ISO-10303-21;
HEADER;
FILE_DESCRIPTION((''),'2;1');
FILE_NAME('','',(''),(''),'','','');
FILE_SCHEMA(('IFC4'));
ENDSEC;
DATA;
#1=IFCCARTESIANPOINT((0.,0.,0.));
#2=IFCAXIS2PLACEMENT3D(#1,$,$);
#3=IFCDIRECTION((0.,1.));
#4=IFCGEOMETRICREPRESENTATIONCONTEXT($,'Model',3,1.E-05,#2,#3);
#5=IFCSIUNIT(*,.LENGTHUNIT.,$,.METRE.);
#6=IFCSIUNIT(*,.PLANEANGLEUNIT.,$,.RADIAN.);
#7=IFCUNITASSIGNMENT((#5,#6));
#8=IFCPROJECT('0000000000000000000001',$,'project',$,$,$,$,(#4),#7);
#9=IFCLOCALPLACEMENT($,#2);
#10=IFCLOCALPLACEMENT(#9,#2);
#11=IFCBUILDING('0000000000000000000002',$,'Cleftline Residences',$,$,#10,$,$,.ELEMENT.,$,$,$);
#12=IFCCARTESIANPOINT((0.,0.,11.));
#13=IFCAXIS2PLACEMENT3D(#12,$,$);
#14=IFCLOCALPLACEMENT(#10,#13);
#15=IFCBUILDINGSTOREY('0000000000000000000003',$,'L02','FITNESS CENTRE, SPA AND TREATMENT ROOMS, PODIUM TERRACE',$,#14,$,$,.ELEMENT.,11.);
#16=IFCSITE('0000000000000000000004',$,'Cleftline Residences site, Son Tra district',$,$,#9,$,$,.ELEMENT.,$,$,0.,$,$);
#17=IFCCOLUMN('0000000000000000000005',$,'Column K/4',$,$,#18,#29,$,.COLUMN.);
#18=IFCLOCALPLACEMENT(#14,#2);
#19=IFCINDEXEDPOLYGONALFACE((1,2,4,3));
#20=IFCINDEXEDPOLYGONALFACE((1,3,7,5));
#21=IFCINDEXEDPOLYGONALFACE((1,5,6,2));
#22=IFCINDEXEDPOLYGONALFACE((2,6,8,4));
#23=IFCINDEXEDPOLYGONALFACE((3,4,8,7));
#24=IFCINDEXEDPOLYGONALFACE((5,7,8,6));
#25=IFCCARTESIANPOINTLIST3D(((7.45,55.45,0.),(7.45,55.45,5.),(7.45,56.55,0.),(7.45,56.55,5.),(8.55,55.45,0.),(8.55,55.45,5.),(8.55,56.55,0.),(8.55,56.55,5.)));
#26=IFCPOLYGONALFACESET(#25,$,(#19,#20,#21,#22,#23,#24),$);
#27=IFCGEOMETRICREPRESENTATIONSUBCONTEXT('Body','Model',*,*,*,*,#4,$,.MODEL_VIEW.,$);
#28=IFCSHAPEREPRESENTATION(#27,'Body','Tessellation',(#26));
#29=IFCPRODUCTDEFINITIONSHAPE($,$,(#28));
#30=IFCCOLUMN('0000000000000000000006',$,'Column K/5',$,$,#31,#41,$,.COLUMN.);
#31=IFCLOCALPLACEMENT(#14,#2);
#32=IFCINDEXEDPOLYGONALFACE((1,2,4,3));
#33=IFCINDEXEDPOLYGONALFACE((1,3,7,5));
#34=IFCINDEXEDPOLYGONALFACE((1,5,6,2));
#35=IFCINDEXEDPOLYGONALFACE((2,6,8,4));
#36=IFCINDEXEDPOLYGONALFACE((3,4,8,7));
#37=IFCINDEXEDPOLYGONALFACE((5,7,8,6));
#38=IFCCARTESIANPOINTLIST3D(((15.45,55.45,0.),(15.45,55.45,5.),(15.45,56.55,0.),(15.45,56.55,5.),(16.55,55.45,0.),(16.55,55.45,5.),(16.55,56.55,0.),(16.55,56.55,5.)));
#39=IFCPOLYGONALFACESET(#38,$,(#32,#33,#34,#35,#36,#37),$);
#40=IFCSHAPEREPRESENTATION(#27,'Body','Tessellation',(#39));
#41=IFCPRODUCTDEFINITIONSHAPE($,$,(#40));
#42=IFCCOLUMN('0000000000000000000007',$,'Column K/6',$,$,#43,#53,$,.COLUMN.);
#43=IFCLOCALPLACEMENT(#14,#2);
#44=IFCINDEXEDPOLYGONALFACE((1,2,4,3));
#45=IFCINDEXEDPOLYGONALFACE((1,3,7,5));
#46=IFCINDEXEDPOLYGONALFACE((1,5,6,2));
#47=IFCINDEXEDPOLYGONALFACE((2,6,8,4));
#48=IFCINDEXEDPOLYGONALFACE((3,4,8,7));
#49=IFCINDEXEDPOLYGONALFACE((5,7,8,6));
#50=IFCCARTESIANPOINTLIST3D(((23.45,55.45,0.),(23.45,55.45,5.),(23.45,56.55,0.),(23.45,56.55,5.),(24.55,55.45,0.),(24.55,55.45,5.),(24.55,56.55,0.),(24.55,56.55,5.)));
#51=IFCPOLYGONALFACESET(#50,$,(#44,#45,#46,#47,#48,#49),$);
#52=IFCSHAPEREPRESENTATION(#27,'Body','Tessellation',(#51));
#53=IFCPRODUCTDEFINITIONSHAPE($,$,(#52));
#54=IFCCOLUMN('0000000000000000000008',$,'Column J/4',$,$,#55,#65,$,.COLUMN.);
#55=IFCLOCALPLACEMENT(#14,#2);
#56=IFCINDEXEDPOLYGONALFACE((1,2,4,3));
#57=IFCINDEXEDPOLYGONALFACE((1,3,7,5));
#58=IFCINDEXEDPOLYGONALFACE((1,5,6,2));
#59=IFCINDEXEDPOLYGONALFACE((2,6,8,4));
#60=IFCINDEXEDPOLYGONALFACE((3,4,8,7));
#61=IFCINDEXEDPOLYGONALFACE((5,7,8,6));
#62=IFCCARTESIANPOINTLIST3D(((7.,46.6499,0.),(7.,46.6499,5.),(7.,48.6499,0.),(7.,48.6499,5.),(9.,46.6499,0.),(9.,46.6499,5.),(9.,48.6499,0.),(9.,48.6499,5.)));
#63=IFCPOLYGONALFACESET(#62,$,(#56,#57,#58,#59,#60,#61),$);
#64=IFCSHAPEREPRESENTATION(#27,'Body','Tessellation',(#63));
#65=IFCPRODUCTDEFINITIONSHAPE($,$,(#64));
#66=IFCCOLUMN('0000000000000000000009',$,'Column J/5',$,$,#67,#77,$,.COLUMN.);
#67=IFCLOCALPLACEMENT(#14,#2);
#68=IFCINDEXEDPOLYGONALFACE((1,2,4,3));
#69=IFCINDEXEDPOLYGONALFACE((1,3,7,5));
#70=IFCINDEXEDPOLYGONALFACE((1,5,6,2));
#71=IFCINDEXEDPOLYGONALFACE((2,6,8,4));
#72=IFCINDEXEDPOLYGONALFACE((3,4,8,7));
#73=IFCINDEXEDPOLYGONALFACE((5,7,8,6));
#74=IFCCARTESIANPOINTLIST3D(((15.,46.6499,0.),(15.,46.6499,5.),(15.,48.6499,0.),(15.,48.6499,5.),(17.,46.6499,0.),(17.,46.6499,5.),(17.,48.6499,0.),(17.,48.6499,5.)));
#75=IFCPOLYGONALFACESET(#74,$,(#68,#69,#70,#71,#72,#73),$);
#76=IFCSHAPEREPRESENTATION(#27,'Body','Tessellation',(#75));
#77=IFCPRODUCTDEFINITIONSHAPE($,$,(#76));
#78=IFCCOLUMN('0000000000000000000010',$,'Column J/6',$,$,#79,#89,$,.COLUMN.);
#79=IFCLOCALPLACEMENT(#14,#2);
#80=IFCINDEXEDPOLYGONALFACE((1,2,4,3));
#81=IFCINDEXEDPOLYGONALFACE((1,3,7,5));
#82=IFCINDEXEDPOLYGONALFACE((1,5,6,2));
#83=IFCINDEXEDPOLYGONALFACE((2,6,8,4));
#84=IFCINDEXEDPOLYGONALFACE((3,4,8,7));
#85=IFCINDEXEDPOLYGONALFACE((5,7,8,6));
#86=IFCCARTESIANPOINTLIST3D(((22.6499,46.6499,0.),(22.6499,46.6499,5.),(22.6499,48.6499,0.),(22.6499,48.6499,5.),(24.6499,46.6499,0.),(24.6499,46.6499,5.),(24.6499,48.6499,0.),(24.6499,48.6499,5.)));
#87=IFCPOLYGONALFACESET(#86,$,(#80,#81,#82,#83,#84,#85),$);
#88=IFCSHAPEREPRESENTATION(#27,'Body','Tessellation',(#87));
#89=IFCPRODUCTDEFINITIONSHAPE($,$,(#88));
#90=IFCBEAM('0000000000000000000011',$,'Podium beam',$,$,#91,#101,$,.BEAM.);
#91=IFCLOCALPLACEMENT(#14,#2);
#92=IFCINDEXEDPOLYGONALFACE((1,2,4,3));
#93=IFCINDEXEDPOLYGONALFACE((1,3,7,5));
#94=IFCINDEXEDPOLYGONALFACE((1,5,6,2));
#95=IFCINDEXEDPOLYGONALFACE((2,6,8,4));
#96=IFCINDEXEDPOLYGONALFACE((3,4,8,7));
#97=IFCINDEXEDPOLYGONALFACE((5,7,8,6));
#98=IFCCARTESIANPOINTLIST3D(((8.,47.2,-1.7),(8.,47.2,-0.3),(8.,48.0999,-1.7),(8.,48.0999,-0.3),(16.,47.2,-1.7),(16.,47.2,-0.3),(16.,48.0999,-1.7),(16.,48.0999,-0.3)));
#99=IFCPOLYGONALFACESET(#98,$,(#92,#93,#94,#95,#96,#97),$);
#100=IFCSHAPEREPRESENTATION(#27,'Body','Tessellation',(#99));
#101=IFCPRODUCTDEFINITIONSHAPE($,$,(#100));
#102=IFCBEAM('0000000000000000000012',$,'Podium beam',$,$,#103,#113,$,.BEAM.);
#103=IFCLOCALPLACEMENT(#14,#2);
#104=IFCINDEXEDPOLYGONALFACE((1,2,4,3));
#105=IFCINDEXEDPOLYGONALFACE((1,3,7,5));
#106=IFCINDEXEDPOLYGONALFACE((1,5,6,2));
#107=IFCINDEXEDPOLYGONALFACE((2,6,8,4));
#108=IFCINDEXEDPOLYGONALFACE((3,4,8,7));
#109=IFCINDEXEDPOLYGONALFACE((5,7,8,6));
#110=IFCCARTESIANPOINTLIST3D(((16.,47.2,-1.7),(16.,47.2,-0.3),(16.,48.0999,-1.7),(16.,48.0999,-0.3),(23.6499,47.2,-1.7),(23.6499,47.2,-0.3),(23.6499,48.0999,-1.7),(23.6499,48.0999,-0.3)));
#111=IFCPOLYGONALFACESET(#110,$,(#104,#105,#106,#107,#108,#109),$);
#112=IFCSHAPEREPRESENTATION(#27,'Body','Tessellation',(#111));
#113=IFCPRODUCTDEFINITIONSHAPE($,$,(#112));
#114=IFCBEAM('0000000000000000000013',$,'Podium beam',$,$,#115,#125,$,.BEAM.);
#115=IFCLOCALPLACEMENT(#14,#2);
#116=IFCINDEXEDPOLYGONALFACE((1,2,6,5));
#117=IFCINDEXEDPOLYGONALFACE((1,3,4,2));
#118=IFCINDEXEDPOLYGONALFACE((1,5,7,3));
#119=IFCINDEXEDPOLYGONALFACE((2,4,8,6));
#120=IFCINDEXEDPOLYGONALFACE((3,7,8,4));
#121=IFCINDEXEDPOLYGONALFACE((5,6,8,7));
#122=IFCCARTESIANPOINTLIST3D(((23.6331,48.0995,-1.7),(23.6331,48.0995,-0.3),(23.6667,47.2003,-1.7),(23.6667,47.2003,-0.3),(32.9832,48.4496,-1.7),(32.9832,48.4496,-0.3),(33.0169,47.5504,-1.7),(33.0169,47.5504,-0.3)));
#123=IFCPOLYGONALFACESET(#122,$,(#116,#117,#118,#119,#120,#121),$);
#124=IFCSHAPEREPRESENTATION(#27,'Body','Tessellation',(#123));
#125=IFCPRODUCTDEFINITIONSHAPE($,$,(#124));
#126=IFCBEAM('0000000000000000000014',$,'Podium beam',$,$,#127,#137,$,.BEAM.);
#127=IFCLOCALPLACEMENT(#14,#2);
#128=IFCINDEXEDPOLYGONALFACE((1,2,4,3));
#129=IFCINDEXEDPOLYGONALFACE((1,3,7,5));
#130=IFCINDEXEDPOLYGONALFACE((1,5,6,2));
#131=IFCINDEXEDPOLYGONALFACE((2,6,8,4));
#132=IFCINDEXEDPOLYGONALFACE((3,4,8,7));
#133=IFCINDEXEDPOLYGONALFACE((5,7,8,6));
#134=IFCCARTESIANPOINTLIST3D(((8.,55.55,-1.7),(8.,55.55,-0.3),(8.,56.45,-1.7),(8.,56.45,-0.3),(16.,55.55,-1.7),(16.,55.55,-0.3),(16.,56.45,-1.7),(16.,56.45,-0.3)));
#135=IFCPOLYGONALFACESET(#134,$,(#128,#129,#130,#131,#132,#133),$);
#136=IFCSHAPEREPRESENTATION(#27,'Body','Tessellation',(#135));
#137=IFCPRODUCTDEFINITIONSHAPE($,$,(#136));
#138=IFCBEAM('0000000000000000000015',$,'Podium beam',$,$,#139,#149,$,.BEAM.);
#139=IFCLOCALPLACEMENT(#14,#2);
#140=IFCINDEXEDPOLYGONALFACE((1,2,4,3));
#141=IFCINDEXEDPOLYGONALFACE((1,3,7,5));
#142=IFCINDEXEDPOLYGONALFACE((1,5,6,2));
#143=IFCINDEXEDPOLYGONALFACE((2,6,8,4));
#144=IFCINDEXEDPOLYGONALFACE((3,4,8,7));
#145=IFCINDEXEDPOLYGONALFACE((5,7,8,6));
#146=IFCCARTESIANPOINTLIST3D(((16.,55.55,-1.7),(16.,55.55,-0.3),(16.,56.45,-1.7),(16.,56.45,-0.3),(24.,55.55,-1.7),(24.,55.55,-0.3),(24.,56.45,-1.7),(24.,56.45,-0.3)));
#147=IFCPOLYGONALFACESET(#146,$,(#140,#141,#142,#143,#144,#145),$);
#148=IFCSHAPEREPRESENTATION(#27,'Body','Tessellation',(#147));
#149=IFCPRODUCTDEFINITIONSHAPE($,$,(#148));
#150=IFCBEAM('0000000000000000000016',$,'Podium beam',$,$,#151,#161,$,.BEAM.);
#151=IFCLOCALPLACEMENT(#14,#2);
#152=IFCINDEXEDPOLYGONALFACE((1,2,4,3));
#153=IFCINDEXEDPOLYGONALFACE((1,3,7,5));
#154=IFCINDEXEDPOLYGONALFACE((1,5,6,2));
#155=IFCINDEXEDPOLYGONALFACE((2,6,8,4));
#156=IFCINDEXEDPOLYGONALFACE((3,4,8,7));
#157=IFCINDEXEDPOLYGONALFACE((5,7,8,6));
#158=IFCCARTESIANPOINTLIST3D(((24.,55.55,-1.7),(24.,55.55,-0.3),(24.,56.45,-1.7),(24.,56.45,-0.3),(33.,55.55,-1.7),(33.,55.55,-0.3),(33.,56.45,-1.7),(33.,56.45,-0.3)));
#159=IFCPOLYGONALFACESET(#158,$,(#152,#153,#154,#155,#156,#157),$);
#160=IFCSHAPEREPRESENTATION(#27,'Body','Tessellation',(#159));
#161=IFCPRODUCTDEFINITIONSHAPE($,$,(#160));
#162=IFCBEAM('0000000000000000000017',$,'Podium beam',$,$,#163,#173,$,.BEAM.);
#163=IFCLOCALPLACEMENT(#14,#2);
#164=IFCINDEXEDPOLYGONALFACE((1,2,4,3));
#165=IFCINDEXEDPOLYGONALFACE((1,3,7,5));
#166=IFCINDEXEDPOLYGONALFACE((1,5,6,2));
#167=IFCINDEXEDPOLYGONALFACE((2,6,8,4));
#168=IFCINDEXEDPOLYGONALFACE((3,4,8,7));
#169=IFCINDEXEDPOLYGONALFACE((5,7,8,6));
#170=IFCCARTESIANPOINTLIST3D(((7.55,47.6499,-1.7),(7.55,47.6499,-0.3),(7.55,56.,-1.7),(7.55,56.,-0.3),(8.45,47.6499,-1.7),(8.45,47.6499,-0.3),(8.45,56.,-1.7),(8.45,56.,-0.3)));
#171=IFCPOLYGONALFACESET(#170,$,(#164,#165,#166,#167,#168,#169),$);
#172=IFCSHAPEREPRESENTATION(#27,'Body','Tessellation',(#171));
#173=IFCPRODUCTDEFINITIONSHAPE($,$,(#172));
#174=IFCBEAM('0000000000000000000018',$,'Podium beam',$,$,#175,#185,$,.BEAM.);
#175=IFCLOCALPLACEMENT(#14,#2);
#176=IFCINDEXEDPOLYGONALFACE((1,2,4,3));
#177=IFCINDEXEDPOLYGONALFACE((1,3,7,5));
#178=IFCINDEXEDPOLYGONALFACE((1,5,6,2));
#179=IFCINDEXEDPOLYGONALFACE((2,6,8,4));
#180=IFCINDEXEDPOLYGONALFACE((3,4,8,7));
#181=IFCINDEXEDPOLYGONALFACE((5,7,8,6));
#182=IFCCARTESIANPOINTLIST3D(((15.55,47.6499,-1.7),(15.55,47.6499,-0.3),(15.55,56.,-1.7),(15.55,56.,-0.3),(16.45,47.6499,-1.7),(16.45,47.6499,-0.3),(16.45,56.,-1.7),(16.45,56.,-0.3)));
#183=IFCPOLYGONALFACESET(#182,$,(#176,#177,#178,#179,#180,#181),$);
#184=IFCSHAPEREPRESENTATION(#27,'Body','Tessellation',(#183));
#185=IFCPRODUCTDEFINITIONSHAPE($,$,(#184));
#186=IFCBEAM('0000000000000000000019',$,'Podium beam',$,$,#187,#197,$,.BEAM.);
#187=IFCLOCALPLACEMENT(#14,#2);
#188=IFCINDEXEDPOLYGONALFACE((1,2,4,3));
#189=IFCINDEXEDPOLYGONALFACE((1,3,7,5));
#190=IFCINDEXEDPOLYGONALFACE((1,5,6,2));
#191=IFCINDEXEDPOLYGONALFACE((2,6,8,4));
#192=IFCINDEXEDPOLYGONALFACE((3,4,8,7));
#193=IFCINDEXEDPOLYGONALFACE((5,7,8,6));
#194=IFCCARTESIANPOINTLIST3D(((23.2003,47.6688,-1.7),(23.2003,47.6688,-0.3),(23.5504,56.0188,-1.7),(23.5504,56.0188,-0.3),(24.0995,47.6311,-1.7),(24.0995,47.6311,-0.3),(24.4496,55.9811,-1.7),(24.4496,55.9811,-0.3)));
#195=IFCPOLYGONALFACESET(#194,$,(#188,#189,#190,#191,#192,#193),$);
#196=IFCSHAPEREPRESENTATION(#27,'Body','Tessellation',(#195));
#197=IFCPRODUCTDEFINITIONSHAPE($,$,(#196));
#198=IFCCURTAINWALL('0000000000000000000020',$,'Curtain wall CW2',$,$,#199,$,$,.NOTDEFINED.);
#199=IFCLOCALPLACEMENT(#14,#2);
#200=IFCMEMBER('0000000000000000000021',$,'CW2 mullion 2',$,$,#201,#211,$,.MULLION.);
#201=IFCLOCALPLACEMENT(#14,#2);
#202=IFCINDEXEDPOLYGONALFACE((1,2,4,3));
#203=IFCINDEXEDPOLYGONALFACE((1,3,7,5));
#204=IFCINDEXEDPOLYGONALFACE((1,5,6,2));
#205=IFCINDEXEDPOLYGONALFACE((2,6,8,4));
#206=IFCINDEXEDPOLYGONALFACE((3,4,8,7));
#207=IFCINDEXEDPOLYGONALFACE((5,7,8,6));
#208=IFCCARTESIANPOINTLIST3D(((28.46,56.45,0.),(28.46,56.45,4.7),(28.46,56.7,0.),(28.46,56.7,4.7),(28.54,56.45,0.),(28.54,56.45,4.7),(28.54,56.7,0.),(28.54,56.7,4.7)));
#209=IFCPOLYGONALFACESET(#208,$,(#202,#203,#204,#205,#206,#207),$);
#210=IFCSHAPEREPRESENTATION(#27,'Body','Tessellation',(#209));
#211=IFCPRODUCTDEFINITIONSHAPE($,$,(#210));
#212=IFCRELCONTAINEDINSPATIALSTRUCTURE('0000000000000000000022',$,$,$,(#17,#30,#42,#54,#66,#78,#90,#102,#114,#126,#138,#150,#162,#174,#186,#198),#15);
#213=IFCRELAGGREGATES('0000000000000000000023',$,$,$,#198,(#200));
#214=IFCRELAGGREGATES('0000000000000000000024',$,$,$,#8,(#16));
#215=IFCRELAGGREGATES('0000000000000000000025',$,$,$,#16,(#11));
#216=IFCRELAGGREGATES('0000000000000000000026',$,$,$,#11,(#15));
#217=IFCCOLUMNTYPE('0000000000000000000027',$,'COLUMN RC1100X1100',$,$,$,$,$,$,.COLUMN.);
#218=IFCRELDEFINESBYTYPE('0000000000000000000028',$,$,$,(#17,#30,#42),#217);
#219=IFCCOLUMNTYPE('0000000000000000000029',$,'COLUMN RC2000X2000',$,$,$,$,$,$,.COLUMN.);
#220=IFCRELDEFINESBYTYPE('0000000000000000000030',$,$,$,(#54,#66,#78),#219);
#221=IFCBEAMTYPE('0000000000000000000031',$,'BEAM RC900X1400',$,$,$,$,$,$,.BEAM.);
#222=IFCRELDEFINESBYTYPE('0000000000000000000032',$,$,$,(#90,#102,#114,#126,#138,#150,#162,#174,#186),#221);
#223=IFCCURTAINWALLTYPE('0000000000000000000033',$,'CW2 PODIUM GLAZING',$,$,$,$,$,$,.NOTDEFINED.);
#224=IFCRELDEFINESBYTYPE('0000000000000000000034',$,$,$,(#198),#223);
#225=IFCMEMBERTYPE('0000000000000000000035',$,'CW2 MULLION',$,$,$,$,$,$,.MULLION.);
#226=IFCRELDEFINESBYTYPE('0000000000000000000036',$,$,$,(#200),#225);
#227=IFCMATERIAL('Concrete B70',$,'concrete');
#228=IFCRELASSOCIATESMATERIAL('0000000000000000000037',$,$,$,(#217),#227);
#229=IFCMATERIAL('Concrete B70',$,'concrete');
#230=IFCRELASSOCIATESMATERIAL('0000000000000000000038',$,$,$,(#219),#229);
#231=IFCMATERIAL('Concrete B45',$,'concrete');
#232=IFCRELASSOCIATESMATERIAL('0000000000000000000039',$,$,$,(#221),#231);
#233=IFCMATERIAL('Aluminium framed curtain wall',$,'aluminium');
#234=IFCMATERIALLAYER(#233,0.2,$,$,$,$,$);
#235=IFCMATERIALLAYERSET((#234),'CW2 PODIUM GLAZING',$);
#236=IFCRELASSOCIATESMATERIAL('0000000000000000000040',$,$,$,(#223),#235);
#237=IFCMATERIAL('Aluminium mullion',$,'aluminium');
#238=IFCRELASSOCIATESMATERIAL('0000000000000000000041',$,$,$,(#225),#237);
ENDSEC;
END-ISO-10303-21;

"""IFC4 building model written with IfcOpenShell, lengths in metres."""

from ifc_helpers import new_model, si_unit, direction, frame, origin, origin_2d, place, context, subcontext, project, spatial, rectangle, extrude, material, layer, layer_set, material_profile, profile_set, type_object, element, aggregate, save


model = new_model("IFC4")

# Units and contexts
model_context = context("Model", 3, precision=1e-05, world=origin(), true_north=direction((0.0, 1.0)))
body_context = subcontext(model_context, "Body", "Model", "MODEL_VIEW")
ifc_project = project(units=[si_unit("LENGTHUNIT", "METRE"), si_unit("PLANEANGLEUNIT", "RADIAN")], contexts=[model_context])

# Site, building, storey
site_placement = place(None, origin())
site = spatial("IfcSite", under=ifc_project, at=site_placement, Name="Cleftline Residences site, Son Tra district", CompositionType="ELEMENT", RefElevation=0.0)
building_placement = place(site_placement, origin())
building = spatial("IfcBuilding", under=site, at=building_placement, Name="Cleftline Residences", CompositionType="ELEMENT")
storey_placement = place(building_placement, frame((0.0, 0.0, 11.0)))
storey = spatial("IfcBuildingStorey", under=building, at=storey_placement, Name="L02", Description="FITNESS CENTRE, SPA AND TREATMENT ROOMS, PODIUM TERRACE", CompositionType="ELEMENT", Elevation=11.0)

# Columns
ifc_material_1 = material(Name="Concrete B70", Category="concrete")
ifc_material_profile_1 = material_profile(ifc_material_1, rectangle(XDim=1.1001, YDim=1.1001, at=origin_2d()))
ifc_profile_set_1 = profile_set([ifc_material_profile_1], Name="Concrete B70")
column_type_1 = type_object("IfcColumnType", Name="COLUMN RC1100X1100", PredefinedType="COLUMN", material=ifc_profile_set_1)
for number, where, z_axis, x_axis, name in (
    (1, (8.0, 56.0, 0.0), (0.0, 0.0, 1.0), (1.0, 0.0, 0.0), "Column K/4"),
    (2, (16.0, 56.0, 0.0), (0.0, 0.0, 1.0), (1.0, 0.0, 0.0), "Column K/5"),
    (3, (24.0, 56.0, 0.0), (0.0, 0.0, 1.0), (1.0, 0.0, 0.0), "Column K/6"),
):
    element("IfcColumn", number, at=place(storey_placement, frame(where, z_axis=z_axis, x_axis=x_axis)), inside=storey, type_object=column_type_1, Name=name, PredefinedType="COLUMN", context=body_context, shape_type="SweptSolid", body=[
        extrude(rectangle(XDim=1.1001, YDim=1.1001, at=origin_2d()), origin(), (0.0, 0.0, 1.0), 5.0),
    ])
ifc_material_2 = material(Name="Concrete B70", Category="concrete")
ifc_material_profile_2 = material_profile(ifc_material_2, rectangle(XDim=2.0, YDim=2.0, at=origin_2d()))
ifc_profile_set_2 = profile_set([ifc_material_profile_2], Name="Concrete B70")
column_type_2 = type_object("IfcColumnType", Name="COLUMN RC2000X2000", PredefinedType="COLUMN", material=ifc_profile_set_2)
for number, where, z_axis, x_axis, name in (
    (4, (8.0, 47.6499, 0.0), (0.0, 0.0, 1.0), (1.0, 0.0, 0.0), "Column J/4"),
    (5, (16.0, 47.6499, 0.0), (0.0, 0.0, 1.0), (1.0, 0.0, 0.0), "Column J/5"),
    (6, (23.6499, 47.6499, 0.0), (0.0, 0.0, 1.0), (1.0, 0.0, 0.0), "Column J/6"),
):
    element("IfcColumn", number, at=place(storey_placement, frame(where, z_axis=z_axis, x_axis=x_axis)), inside=storey, type_object=column_type_2, Name=name, PredefinedType="COLUMN", context=body_context, shape_type="SweptSolid", body=[
        extrude(rectangle(XDim=2.0, YDim=2.0, at=origin_2d()), origin(), (0.0, 0.0, 1.0), 5.0),
    ])

# Beams
ifc_material_3 = material(Name="Concrete B45", Category="concrete")
ifc_material_profile_3 = material_profile(ifc_material_3, rectangle(XDim=0.8999, YDim=1.3999, at=origin_2d()))
ifc_profile_set_3 = profile_set([ifc_material_profile_3], Name="Concrete B45")
beam_type = type_object("IfcBeamType", Name="BEAM RC900X1400", PredefinedType="BEAM", material=ifc_profile_set_3)
beam_1_placement = place(storey_placement, frame((8.0, 47.6499, -1.0), z_axis=(1.0, 0.0, 0.0), x_axis=(0.0, 1.0, 0.0)))
element("IfcBeam", 7, at=beam_1_placement, inside=storey, type_object=beam_type, Name="Podium beam", PredefinedType="BEAM", context=body_context, shape_type="SweptSolid", body=[
    extrude(rectangle(XDim=0.8999, YDim=1.3999, at=origin_2d()), origin(), (0.0, 0.0, 1.0), 8.0),
])
beam_2_placement = place(storey_placement, frame((16.0, 47.6499, -1.0), z_axis=(1.0, 0.0, 0.0), x_axis=(0.0, 1.0, 0.0)))
element("IfcBeam", 8, at=beam_2_placement, inside=storey, type_object=beam_type, Name="Podium beam", PredefinedType="BEAM", context=body_context, shape_type="SweptSolid", body=[
    extrude(rectangle(XDim=0.8999, YDim=1.3999, at=origin_2d()), origin(), (0.0, 0.0, 1.0), 7.6499),
])
beam_3_placement = place(storey_placement, frame((23.6499, 47.6499, -1.0), z_axis=(0.9993, 0.037417, 0.0), x_axis=(-0.037417, 0.9993, 0.0)))
element("IfcBeam", 9, at=beam_3_placement, inside=storey, type_object=beam_type, Name="Podium beam", PredefinedType="BEAM", context=body_context, shape_type="SweptSolid", body=[
    extrude(rectangle(XDim=0.8999, YDim=1.3999, at=origin_2d()), origin(), (0.0, 0.0, 1.0), 9.3567),
])
for number, where, z_axis, x_axis, name in (
    (10, (8.0, 56.0, -1.0), (1.0, 0.0, 0.0), (0.0, 1.0, 0.0), "Podium beam"),
    (11, (16.0, 56.0, -1.0), (1.0, 0.0, 0.0), (0.0, 1.0, 0.0), "Podium beam"),
):
    element("IfcBeam", number, at=place(storey_placement, frame(where, z_axis=z_axis, x_axis=x_axis)), inside=storey, type_object=beam_type, Name=name, PredefinedType="BEAM", context=body_context, shape_type="SweptSolid", body=[
        extrude(rectangle(XDim=0.8999, YDim=1.3999, at=origin_2d()), origin(), (0.0, 0.0, 1.0), 8.0),
    ])
beam_4_placement = place(storey_placement, frame((24.0, 56.0, -1.0), z_axis=(1.0, 0.0, 0.0), x_axis=(0.0, 1.0, 0.0)))
element("IfcBeam", 12, at=beam_4_placement, inside=storey, type_object=beam_type, Name="Podium beam", PredefinedType="BEAM", context=body_context, shape_type="SweptSolid", body=[
    extrude(rectangle(XDim=0.8999, YDim=1.3999, at=origin_2d()), origin(), (0.0, 0.0, 1.0), 9.0),
])
for number, where, z_axis, x_axis, name in (
    (13, (8.0, 47.6499, -1.0), (0.0, 1.0, 0.0), (-1.0, 0.0, 0.0), "Podium beam"),
    (14, (16.0, 47.6499, -1.0), (0.0, 1.0, 0.0), (-1.0, 0.0, 0.0), "Podium beam"),
):
    element("IfcBeam", number, at=place(storey_placement, frame(where, z_axis=z_axis, x_axis=x_axis)), inside=storey, type_object=beam_type, Name=name, PredefinedType="BEAM", context=body_context, shape_type="SweptSolid", body=[
        extrude(rectangle(XDim=0.8999, YDim=1.3999, at=origin_2d()), origin(), (0.0, 0.0, 1.0), 8.3501),
    ])
beam_5_placement = place(storey_placement, frame((23.6499, 47.6499, -1.0), z_axis=(0.041891, 0.999122, 0.0), x_axis=(-0.999122, 0.041891, 0.0)))
element("IfcBeam", 15, at=beam_5_placement, inside=storey, type_object=beam_type, Name="Podium beam", PredefinedType="BEAM", context=body_context, shape_type="SweptSolid", body=[
    extrude(rectangle(XDim=0.8999, YDim=1.3999, at=origin_2d()), origin(), (0.0, 0.0, 1.0), 8.3574),
])

# Curtain wall, member
ifc_material_4 = material(Name="Aluminium framed curtain wall", Category="aluminium")
ifc_layer_1 = layer(ifc_material_4, 0.2)
ifc_layer_set_1 = layer_set([ifc_layer_1], Name="CW2 PODIUM GLAZING")
curtain_wall_type = type_object("IfcCurtainWallType", Name="CW2 PODIUM GLAZING", PredefinedType="NOTDEFINED", material=ifc_layer_set_1)
curtain_wall_1_placement = place(storey_placement, origin())
curtain_wall_1 = element("IfcCurtainWall", 16, at=curtain_wall_1_placement, inside=storey, type_object=curtain_wall_type, Name="Curtain wall CW2", PredefinedType="NOTDEFINED")
ifc_material_5 = material(Name="Aluminium mullion", Category="aluminium")
ifc_material_profile_4 = material_profile(ifc_material_5, rectangle(XDim=0.25, YDim=0.0801, at=origin_2d()))
ifc_profile_set_4 = profile_set([ifc_material_profile_4], Name="Aluminium mullion")
member_type_1 = type_object("IfcMemberType", Name="CW2 MULLION", PredefinedType="MULLION", material=ifc_profile_set_4)
member_1_placement = place(storey_placement, frame((28.5, 56.575, 0.0), z_axis=(0.0, 0.0, 1.0), x_axis=(0.0, -1.0, 0.0)))
member_1 = element("IfcMember", 17, at=member_1_placement, type_object=member_type_1, Name="CW2 mullion 2", PredefinedType="MULLION", context=body_context, shape_type="SweptSolid", body=[
    extrude(rectangle(XDim=0.25, YDim=0.0801, at=origin_2d()), origin(), (0.0, 0.0, 1.0), 4.7),
])

aggregate(curtain_wall_1, [member_1])

save(model, "model.ifc")
